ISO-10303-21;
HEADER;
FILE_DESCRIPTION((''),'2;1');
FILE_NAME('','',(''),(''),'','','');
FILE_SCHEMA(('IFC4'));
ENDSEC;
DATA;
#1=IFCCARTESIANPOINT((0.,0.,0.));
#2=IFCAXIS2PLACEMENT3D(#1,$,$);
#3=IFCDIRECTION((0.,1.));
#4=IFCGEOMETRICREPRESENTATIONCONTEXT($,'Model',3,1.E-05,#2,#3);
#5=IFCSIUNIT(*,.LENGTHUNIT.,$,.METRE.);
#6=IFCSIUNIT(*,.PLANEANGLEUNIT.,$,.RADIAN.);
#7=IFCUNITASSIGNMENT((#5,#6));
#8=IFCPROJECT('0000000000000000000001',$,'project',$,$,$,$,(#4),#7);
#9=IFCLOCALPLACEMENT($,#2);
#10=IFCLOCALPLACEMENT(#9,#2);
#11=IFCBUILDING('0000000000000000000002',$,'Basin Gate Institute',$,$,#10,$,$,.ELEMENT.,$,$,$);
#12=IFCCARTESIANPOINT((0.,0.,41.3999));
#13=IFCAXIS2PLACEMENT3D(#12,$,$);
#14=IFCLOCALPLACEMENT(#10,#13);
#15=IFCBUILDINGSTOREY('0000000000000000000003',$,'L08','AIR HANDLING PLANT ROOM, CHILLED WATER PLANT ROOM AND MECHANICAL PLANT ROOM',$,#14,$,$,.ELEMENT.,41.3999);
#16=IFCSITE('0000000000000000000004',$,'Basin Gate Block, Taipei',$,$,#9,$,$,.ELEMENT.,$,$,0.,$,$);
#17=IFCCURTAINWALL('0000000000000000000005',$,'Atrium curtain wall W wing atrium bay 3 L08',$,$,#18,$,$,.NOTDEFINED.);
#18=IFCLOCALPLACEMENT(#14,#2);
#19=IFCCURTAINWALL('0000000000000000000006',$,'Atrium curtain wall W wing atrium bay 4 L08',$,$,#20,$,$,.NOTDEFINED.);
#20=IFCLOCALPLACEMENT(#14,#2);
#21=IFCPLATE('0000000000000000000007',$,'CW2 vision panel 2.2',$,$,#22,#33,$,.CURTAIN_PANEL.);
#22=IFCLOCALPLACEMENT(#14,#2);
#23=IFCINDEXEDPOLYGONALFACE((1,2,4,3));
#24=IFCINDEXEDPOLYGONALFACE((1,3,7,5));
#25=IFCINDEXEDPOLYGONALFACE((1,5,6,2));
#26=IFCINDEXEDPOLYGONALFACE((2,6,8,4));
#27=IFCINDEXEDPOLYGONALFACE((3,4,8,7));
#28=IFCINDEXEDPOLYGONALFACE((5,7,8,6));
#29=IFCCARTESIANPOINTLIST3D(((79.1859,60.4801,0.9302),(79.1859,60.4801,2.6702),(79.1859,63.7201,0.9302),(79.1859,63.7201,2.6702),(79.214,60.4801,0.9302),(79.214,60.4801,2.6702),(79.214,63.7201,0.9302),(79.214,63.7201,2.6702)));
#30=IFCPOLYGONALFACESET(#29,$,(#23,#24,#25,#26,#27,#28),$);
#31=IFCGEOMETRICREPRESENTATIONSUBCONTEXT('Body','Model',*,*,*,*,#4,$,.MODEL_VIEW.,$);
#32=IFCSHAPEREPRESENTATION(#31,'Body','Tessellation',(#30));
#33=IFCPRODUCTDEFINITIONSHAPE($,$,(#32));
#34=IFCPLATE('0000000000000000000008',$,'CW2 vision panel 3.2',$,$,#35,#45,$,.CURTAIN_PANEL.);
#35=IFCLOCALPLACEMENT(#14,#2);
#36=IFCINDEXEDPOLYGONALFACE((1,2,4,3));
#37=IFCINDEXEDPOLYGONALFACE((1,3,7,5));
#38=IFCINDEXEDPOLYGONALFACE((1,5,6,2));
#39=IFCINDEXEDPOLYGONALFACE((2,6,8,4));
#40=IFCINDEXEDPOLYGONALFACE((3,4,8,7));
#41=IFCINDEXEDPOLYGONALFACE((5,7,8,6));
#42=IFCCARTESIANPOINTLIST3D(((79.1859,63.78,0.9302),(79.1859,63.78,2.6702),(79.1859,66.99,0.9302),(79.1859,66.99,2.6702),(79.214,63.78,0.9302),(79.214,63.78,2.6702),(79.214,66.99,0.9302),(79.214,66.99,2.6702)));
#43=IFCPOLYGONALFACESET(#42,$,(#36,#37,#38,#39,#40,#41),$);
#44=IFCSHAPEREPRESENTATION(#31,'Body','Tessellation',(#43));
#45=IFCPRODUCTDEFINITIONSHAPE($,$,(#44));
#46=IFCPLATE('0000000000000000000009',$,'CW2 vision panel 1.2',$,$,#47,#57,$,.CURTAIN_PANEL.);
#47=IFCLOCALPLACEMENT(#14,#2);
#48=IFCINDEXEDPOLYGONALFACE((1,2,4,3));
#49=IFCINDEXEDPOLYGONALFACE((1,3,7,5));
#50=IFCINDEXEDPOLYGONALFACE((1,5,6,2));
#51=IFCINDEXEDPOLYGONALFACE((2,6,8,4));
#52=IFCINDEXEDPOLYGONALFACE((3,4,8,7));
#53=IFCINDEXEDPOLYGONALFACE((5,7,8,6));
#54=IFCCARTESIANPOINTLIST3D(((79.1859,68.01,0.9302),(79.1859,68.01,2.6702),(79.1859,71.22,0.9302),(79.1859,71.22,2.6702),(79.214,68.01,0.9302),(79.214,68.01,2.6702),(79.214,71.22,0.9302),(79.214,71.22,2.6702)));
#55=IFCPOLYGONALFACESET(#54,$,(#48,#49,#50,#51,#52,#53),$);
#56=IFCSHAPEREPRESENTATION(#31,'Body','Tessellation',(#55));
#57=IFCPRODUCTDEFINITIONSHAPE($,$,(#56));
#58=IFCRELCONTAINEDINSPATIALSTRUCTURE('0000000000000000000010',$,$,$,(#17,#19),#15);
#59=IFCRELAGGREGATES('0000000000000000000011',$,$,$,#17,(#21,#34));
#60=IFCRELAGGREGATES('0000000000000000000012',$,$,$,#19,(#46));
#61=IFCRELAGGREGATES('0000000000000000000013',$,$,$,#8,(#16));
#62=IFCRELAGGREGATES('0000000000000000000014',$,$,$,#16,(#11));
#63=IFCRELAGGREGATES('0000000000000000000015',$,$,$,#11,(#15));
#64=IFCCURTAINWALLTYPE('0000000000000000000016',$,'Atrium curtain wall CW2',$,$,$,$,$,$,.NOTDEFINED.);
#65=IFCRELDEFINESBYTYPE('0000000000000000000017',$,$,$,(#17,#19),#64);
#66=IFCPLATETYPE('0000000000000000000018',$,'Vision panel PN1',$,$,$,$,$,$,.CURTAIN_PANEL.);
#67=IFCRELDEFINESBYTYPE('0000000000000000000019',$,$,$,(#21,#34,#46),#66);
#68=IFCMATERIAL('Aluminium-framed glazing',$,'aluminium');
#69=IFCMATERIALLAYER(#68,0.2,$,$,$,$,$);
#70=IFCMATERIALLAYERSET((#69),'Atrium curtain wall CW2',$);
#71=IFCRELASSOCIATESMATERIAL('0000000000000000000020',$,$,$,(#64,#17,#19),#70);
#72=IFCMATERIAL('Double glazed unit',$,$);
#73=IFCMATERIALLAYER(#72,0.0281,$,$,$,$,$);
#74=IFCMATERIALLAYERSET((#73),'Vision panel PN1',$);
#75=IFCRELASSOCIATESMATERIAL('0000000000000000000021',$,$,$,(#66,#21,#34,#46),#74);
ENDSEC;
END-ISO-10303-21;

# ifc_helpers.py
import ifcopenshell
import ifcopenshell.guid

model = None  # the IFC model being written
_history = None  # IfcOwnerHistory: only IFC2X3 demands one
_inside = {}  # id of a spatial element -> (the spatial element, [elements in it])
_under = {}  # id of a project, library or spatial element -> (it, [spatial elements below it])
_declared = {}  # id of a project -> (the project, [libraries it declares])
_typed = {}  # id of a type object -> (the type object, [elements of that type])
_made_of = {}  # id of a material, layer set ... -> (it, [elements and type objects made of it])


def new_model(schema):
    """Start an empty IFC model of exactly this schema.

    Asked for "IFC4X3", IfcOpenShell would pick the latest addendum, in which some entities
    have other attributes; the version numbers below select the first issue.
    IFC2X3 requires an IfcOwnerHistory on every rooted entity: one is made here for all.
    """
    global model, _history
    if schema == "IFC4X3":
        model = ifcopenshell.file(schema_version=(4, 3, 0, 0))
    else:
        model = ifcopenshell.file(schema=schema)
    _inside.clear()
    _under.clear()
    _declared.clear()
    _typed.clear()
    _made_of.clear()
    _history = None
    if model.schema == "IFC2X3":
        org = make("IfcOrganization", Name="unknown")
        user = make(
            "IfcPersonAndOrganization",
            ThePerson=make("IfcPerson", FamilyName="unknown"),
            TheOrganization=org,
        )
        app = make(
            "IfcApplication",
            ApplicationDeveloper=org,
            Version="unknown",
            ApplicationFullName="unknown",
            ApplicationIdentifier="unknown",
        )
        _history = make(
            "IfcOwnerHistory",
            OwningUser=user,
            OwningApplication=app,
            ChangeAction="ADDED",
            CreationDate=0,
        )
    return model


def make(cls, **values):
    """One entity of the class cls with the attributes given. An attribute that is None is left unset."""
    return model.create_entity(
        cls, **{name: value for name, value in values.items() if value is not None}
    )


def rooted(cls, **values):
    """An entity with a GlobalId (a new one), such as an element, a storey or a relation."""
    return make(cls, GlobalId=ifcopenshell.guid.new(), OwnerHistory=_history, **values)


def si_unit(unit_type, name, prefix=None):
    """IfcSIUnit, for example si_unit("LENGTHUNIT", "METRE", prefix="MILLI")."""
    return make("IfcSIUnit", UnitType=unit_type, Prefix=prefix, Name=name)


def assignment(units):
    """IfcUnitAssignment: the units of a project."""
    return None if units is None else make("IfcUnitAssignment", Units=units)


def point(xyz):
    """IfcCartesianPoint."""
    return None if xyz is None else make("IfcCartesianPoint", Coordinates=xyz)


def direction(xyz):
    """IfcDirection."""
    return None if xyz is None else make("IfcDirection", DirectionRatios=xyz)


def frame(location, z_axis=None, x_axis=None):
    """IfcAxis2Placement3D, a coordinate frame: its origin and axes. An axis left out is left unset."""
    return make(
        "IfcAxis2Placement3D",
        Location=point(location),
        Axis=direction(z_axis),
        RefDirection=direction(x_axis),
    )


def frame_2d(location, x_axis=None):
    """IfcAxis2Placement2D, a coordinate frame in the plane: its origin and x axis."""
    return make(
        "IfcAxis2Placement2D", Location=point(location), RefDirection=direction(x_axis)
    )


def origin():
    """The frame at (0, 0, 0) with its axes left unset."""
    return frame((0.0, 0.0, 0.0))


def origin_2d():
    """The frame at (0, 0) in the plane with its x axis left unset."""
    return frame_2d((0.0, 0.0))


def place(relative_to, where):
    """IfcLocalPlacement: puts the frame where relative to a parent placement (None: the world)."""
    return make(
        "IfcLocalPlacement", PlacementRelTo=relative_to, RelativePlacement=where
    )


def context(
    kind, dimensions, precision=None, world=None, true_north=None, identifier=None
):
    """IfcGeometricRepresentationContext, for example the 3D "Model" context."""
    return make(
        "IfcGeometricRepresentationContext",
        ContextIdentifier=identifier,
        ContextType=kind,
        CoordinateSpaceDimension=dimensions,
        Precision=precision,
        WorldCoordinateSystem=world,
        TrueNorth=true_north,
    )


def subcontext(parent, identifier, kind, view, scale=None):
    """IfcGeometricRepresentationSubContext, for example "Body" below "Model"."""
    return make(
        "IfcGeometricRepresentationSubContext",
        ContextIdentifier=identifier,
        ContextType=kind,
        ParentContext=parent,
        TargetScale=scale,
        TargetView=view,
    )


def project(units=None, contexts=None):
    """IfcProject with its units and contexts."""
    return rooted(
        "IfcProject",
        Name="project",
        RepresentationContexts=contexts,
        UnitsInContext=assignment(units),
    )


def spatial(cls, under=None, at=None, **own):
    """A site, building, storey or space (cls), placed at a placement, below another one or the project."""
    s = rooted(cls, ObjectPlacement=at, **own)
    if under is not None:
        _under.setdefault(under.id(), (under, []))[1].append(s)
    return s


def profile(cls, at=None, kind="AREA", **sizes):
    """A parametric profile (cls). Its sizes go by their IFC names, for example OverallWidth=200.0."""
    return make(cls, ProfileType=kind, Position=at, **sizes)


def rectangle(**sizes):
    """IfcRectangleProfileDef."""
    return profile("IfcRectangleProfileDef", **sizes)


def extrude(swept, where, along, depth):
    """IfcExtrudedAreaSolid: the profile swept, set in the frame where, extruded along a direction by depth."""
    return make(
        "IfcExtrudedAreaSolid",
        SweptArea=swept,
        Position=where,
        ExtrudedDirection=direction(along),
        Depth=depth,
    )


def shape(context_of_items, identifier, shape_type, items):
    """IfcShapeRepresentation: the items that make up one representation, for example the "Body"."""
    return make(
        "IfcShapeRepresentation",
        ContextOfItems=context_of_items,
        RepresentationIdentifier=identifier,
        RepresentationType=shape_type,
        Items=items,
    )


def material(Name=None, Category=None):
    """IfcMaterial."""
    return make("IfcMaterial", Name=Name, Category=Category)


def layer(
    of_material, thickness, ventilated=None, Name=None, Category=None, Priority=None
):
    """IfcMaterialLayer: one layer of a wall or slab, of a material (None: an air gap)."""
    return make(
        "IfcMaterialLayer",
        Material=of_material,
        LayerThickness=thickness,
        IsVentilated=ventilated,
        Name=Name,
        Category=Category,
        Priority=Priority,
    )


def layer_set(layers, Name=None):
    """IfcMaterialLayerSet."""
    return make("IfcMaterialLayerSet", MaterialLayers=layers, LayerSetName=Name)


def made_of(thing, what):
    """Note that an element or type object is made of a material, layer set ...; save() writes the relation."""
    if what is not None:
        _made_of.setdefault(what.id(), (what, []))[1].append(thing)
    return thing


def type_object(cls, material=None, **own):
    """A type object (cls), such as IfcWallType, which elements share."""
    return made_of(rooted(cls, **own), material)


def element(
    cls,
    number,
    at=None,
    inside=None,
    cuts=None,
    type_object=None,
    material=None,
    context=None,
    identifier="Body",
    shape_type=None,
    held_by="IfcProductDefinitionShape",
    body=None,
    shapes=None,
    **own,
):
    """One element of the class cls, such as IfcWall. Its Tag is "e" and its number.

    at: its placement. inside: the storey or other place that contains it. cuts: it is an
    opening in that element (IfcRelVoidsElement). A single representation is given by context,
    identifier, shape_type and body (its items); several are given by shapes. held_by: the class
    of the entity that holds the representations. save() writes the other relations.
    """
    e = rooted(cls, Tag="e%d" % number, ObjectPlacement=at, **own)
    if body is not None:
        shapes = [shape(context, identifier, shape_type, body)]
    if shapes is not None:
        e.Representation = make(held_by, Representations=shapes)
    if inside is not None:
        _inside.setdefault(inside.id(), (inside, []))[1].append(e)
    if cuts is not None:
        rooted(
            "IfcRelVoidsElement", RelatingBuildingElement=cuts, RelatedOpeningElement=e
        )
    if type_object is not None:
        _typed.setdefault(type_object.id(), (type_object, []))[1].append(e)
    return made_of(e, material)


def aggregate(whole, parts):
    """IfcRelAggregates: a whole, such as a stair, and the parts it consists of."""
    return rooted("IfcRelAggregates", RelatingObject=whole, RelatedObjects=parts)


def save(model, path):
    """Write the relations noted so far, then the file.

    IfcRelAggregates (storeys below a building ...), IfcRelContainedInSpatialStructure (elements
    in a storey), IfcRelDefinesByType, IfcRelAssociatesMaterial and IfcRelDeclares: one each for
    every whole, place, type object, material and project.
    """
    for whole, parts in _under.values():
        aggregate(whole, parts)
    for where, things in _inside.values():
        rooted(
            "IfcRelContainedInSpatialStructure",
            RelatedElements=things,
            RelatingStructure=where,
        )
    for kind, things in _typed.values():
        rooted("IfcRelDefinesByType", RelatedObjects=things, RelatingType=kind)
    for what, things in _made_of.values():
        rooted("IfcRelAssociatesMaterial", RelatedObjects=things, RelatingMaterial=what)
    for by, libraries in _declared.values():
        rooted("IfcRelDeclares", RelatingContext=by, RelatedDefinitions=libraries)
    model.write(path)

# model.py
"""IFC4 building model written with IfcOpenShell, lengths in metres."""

from ifc_helpers import new_model, si_unit, direction, frame, origin, origin_2d, place, context, subcontext, project, spatial, rectangle, extrude, material, layer, layer_set, type_object, element, aggregate, save


model = new_model("IFC4")

# Units and contexts
model_context = context("Model", 3, precision=1e-05, world=origin(), true_north=direction((0.0, 1.0)))
body_context = subcontext(model_context, "Body", "Model", "MODEL_VIEW")
ifc_project = project(units=[si_unit("LENGTHUNIT", "METRE"), si_unit("PLANEANGLEUNIT", "RADIAN")], contexts=[model_context])

# Site, building, storey
site_placement = place(None, origin())
site = spatial("IfcSite", under=ifc_project, at=site_placement, Name="Basin Gate Block, Taipei", CompositionType="ELEMENT", RefElevation=0.0)
building_placement = place(site_placement, origin())
building = spatial("IfcBuilding", under=site, at=building_placement, Name="Basin Gate Institute", CompositionType="ELEMENT")
storey_placement = place(building_placement, frame((0.0, 0.0, 41.3999)))
storey = spatial("IfcBuildingStorey", under=building, at=storey_placement, Name="L08", Description="AIR HANDLING PLANT ROOM, CHILLED WATER PLANT ROOM AND MECHANICAL PLANT ROOM", CompositionType="ELEMENT", Elevation=41.3999)

# Curtain walls
ifc_material_1 = material(Name="Aluminium-framed glazing", Category="aluminium")
ifc_layer_1 = layer(ifc_material_1, 0.2)
ifc_layer_set_1 = layer_set([ifc_layer_1], Name="Atrium curtain wall CW2")
curtain_wall_type = type_object("IfcCurtainWallType", Name="Atrium curtain wall CW2", PredefinedType="NOTDEFINED", material=ifc_layer_set_1)
curtain_wall_1_placement = place(storey_placement, origin())
curtain_wall_1 = element("IfcCurtainWall", 1, at=curtain_wall_1_placement, inside=storey, type_object=curtain_wall_type, material=ifc_layer_set_1, Name="Atrium curtain wall W wing atrium bay 3 L08", PredefinedType="NOTDEFINED")
curtain_wall_2_placement = place(storey_placement, origin())
curtain_wall_2 = element("IfcCurtainWall", 2, at=curtain_wall_2_placement, inside=storey, type_object=curtain_wall_type, material=ifc_layer_set_1, Name="Atrium curtain wall W wing atrium bay 4 L08", PredefinedType="NOTDEFINED")

# Plates
ifc_material_2 = material(Name="Double glazed unit")
ifc_layer_2 = layer(ifc_material_2, 0.0281)
ifc_layer_set_2 = layer_set([ifc_layer_2], Name="Vision panel PN1")
plate_type_1 = type_object("IfcPlateType", Name="Vision panel PN1", PredefinedType="CURTAIN_PANEL", material=ifc_layer_set_2)
plate_1_placement = place(storey_placement, frame((79.2, 62.1001, 0.9302), z_axis=(0.0, 0.0, 1.0), x_axis=(0.0, 1.0, 0.0)))
plate_1 = element("IfcPlate", 3, at=plate_1_placement, type_object=plate_type_1, material=ifc_layer_set_2, Name="CW2 vision panel 2.2", PredefinedType="CURTAIN_PANEL", context=body_context, shape_type="SweptSolid", body=[
    extrude(rectangle(XDim=3.24, YDim=0.0281, at=origin_2d()), origin(), (0.0, 0.0, 1.0), 1.74),
])
plate_2_placement = place(storey_placement, frame((79.2, 65.385, 0.9302), z_axis=(0.0, 0.0, 1.0), x_axis=(0.0, 1.0, 0.0)))
plate_2 = element("IfcPlate", 4, at=plate_2_placement, type_object=plate_type_1, material=ifc_layer_set_2, Name="CW2 vision panel 3.2", PredefinedType="CURTAIN_PANEL", context=body_context, shape_type="SweptSolid", body=[
    extrude(rectangle(XDim=3.21, YDim=0.0281, at=origin_2d()), origin(), (0.0, 0.0, 1.0), 1.74),
])
aggregate(curtain_wall_1, [plate_1, plate_2])
plate_3_placement = place(storey_placement, frame((79.2, 69.615, 0.9302), z_axis=(0.0, 0.0, 1.0), x_axis=(0.0, 1.0, 0.0)))
plate_3 = element("IfcPlate", 5, at=plate_3_placement, type_object=plate_type_1, material=ifc_layer_set_2, Name="CW2 vision panel 1.2", PredefinedType="CURTAIN_PANEL", context=body_context, shape_type="SweptSolid", body=[
    extrude(rectangle(XDim=3.21, YDim=0.0281, at=origin_2d()), origin(), (0.0, 0.0, 1.0), 1.74),
])
aggregate(curtain_wall_2, [plate_3])

save(model, "model.ifc")
